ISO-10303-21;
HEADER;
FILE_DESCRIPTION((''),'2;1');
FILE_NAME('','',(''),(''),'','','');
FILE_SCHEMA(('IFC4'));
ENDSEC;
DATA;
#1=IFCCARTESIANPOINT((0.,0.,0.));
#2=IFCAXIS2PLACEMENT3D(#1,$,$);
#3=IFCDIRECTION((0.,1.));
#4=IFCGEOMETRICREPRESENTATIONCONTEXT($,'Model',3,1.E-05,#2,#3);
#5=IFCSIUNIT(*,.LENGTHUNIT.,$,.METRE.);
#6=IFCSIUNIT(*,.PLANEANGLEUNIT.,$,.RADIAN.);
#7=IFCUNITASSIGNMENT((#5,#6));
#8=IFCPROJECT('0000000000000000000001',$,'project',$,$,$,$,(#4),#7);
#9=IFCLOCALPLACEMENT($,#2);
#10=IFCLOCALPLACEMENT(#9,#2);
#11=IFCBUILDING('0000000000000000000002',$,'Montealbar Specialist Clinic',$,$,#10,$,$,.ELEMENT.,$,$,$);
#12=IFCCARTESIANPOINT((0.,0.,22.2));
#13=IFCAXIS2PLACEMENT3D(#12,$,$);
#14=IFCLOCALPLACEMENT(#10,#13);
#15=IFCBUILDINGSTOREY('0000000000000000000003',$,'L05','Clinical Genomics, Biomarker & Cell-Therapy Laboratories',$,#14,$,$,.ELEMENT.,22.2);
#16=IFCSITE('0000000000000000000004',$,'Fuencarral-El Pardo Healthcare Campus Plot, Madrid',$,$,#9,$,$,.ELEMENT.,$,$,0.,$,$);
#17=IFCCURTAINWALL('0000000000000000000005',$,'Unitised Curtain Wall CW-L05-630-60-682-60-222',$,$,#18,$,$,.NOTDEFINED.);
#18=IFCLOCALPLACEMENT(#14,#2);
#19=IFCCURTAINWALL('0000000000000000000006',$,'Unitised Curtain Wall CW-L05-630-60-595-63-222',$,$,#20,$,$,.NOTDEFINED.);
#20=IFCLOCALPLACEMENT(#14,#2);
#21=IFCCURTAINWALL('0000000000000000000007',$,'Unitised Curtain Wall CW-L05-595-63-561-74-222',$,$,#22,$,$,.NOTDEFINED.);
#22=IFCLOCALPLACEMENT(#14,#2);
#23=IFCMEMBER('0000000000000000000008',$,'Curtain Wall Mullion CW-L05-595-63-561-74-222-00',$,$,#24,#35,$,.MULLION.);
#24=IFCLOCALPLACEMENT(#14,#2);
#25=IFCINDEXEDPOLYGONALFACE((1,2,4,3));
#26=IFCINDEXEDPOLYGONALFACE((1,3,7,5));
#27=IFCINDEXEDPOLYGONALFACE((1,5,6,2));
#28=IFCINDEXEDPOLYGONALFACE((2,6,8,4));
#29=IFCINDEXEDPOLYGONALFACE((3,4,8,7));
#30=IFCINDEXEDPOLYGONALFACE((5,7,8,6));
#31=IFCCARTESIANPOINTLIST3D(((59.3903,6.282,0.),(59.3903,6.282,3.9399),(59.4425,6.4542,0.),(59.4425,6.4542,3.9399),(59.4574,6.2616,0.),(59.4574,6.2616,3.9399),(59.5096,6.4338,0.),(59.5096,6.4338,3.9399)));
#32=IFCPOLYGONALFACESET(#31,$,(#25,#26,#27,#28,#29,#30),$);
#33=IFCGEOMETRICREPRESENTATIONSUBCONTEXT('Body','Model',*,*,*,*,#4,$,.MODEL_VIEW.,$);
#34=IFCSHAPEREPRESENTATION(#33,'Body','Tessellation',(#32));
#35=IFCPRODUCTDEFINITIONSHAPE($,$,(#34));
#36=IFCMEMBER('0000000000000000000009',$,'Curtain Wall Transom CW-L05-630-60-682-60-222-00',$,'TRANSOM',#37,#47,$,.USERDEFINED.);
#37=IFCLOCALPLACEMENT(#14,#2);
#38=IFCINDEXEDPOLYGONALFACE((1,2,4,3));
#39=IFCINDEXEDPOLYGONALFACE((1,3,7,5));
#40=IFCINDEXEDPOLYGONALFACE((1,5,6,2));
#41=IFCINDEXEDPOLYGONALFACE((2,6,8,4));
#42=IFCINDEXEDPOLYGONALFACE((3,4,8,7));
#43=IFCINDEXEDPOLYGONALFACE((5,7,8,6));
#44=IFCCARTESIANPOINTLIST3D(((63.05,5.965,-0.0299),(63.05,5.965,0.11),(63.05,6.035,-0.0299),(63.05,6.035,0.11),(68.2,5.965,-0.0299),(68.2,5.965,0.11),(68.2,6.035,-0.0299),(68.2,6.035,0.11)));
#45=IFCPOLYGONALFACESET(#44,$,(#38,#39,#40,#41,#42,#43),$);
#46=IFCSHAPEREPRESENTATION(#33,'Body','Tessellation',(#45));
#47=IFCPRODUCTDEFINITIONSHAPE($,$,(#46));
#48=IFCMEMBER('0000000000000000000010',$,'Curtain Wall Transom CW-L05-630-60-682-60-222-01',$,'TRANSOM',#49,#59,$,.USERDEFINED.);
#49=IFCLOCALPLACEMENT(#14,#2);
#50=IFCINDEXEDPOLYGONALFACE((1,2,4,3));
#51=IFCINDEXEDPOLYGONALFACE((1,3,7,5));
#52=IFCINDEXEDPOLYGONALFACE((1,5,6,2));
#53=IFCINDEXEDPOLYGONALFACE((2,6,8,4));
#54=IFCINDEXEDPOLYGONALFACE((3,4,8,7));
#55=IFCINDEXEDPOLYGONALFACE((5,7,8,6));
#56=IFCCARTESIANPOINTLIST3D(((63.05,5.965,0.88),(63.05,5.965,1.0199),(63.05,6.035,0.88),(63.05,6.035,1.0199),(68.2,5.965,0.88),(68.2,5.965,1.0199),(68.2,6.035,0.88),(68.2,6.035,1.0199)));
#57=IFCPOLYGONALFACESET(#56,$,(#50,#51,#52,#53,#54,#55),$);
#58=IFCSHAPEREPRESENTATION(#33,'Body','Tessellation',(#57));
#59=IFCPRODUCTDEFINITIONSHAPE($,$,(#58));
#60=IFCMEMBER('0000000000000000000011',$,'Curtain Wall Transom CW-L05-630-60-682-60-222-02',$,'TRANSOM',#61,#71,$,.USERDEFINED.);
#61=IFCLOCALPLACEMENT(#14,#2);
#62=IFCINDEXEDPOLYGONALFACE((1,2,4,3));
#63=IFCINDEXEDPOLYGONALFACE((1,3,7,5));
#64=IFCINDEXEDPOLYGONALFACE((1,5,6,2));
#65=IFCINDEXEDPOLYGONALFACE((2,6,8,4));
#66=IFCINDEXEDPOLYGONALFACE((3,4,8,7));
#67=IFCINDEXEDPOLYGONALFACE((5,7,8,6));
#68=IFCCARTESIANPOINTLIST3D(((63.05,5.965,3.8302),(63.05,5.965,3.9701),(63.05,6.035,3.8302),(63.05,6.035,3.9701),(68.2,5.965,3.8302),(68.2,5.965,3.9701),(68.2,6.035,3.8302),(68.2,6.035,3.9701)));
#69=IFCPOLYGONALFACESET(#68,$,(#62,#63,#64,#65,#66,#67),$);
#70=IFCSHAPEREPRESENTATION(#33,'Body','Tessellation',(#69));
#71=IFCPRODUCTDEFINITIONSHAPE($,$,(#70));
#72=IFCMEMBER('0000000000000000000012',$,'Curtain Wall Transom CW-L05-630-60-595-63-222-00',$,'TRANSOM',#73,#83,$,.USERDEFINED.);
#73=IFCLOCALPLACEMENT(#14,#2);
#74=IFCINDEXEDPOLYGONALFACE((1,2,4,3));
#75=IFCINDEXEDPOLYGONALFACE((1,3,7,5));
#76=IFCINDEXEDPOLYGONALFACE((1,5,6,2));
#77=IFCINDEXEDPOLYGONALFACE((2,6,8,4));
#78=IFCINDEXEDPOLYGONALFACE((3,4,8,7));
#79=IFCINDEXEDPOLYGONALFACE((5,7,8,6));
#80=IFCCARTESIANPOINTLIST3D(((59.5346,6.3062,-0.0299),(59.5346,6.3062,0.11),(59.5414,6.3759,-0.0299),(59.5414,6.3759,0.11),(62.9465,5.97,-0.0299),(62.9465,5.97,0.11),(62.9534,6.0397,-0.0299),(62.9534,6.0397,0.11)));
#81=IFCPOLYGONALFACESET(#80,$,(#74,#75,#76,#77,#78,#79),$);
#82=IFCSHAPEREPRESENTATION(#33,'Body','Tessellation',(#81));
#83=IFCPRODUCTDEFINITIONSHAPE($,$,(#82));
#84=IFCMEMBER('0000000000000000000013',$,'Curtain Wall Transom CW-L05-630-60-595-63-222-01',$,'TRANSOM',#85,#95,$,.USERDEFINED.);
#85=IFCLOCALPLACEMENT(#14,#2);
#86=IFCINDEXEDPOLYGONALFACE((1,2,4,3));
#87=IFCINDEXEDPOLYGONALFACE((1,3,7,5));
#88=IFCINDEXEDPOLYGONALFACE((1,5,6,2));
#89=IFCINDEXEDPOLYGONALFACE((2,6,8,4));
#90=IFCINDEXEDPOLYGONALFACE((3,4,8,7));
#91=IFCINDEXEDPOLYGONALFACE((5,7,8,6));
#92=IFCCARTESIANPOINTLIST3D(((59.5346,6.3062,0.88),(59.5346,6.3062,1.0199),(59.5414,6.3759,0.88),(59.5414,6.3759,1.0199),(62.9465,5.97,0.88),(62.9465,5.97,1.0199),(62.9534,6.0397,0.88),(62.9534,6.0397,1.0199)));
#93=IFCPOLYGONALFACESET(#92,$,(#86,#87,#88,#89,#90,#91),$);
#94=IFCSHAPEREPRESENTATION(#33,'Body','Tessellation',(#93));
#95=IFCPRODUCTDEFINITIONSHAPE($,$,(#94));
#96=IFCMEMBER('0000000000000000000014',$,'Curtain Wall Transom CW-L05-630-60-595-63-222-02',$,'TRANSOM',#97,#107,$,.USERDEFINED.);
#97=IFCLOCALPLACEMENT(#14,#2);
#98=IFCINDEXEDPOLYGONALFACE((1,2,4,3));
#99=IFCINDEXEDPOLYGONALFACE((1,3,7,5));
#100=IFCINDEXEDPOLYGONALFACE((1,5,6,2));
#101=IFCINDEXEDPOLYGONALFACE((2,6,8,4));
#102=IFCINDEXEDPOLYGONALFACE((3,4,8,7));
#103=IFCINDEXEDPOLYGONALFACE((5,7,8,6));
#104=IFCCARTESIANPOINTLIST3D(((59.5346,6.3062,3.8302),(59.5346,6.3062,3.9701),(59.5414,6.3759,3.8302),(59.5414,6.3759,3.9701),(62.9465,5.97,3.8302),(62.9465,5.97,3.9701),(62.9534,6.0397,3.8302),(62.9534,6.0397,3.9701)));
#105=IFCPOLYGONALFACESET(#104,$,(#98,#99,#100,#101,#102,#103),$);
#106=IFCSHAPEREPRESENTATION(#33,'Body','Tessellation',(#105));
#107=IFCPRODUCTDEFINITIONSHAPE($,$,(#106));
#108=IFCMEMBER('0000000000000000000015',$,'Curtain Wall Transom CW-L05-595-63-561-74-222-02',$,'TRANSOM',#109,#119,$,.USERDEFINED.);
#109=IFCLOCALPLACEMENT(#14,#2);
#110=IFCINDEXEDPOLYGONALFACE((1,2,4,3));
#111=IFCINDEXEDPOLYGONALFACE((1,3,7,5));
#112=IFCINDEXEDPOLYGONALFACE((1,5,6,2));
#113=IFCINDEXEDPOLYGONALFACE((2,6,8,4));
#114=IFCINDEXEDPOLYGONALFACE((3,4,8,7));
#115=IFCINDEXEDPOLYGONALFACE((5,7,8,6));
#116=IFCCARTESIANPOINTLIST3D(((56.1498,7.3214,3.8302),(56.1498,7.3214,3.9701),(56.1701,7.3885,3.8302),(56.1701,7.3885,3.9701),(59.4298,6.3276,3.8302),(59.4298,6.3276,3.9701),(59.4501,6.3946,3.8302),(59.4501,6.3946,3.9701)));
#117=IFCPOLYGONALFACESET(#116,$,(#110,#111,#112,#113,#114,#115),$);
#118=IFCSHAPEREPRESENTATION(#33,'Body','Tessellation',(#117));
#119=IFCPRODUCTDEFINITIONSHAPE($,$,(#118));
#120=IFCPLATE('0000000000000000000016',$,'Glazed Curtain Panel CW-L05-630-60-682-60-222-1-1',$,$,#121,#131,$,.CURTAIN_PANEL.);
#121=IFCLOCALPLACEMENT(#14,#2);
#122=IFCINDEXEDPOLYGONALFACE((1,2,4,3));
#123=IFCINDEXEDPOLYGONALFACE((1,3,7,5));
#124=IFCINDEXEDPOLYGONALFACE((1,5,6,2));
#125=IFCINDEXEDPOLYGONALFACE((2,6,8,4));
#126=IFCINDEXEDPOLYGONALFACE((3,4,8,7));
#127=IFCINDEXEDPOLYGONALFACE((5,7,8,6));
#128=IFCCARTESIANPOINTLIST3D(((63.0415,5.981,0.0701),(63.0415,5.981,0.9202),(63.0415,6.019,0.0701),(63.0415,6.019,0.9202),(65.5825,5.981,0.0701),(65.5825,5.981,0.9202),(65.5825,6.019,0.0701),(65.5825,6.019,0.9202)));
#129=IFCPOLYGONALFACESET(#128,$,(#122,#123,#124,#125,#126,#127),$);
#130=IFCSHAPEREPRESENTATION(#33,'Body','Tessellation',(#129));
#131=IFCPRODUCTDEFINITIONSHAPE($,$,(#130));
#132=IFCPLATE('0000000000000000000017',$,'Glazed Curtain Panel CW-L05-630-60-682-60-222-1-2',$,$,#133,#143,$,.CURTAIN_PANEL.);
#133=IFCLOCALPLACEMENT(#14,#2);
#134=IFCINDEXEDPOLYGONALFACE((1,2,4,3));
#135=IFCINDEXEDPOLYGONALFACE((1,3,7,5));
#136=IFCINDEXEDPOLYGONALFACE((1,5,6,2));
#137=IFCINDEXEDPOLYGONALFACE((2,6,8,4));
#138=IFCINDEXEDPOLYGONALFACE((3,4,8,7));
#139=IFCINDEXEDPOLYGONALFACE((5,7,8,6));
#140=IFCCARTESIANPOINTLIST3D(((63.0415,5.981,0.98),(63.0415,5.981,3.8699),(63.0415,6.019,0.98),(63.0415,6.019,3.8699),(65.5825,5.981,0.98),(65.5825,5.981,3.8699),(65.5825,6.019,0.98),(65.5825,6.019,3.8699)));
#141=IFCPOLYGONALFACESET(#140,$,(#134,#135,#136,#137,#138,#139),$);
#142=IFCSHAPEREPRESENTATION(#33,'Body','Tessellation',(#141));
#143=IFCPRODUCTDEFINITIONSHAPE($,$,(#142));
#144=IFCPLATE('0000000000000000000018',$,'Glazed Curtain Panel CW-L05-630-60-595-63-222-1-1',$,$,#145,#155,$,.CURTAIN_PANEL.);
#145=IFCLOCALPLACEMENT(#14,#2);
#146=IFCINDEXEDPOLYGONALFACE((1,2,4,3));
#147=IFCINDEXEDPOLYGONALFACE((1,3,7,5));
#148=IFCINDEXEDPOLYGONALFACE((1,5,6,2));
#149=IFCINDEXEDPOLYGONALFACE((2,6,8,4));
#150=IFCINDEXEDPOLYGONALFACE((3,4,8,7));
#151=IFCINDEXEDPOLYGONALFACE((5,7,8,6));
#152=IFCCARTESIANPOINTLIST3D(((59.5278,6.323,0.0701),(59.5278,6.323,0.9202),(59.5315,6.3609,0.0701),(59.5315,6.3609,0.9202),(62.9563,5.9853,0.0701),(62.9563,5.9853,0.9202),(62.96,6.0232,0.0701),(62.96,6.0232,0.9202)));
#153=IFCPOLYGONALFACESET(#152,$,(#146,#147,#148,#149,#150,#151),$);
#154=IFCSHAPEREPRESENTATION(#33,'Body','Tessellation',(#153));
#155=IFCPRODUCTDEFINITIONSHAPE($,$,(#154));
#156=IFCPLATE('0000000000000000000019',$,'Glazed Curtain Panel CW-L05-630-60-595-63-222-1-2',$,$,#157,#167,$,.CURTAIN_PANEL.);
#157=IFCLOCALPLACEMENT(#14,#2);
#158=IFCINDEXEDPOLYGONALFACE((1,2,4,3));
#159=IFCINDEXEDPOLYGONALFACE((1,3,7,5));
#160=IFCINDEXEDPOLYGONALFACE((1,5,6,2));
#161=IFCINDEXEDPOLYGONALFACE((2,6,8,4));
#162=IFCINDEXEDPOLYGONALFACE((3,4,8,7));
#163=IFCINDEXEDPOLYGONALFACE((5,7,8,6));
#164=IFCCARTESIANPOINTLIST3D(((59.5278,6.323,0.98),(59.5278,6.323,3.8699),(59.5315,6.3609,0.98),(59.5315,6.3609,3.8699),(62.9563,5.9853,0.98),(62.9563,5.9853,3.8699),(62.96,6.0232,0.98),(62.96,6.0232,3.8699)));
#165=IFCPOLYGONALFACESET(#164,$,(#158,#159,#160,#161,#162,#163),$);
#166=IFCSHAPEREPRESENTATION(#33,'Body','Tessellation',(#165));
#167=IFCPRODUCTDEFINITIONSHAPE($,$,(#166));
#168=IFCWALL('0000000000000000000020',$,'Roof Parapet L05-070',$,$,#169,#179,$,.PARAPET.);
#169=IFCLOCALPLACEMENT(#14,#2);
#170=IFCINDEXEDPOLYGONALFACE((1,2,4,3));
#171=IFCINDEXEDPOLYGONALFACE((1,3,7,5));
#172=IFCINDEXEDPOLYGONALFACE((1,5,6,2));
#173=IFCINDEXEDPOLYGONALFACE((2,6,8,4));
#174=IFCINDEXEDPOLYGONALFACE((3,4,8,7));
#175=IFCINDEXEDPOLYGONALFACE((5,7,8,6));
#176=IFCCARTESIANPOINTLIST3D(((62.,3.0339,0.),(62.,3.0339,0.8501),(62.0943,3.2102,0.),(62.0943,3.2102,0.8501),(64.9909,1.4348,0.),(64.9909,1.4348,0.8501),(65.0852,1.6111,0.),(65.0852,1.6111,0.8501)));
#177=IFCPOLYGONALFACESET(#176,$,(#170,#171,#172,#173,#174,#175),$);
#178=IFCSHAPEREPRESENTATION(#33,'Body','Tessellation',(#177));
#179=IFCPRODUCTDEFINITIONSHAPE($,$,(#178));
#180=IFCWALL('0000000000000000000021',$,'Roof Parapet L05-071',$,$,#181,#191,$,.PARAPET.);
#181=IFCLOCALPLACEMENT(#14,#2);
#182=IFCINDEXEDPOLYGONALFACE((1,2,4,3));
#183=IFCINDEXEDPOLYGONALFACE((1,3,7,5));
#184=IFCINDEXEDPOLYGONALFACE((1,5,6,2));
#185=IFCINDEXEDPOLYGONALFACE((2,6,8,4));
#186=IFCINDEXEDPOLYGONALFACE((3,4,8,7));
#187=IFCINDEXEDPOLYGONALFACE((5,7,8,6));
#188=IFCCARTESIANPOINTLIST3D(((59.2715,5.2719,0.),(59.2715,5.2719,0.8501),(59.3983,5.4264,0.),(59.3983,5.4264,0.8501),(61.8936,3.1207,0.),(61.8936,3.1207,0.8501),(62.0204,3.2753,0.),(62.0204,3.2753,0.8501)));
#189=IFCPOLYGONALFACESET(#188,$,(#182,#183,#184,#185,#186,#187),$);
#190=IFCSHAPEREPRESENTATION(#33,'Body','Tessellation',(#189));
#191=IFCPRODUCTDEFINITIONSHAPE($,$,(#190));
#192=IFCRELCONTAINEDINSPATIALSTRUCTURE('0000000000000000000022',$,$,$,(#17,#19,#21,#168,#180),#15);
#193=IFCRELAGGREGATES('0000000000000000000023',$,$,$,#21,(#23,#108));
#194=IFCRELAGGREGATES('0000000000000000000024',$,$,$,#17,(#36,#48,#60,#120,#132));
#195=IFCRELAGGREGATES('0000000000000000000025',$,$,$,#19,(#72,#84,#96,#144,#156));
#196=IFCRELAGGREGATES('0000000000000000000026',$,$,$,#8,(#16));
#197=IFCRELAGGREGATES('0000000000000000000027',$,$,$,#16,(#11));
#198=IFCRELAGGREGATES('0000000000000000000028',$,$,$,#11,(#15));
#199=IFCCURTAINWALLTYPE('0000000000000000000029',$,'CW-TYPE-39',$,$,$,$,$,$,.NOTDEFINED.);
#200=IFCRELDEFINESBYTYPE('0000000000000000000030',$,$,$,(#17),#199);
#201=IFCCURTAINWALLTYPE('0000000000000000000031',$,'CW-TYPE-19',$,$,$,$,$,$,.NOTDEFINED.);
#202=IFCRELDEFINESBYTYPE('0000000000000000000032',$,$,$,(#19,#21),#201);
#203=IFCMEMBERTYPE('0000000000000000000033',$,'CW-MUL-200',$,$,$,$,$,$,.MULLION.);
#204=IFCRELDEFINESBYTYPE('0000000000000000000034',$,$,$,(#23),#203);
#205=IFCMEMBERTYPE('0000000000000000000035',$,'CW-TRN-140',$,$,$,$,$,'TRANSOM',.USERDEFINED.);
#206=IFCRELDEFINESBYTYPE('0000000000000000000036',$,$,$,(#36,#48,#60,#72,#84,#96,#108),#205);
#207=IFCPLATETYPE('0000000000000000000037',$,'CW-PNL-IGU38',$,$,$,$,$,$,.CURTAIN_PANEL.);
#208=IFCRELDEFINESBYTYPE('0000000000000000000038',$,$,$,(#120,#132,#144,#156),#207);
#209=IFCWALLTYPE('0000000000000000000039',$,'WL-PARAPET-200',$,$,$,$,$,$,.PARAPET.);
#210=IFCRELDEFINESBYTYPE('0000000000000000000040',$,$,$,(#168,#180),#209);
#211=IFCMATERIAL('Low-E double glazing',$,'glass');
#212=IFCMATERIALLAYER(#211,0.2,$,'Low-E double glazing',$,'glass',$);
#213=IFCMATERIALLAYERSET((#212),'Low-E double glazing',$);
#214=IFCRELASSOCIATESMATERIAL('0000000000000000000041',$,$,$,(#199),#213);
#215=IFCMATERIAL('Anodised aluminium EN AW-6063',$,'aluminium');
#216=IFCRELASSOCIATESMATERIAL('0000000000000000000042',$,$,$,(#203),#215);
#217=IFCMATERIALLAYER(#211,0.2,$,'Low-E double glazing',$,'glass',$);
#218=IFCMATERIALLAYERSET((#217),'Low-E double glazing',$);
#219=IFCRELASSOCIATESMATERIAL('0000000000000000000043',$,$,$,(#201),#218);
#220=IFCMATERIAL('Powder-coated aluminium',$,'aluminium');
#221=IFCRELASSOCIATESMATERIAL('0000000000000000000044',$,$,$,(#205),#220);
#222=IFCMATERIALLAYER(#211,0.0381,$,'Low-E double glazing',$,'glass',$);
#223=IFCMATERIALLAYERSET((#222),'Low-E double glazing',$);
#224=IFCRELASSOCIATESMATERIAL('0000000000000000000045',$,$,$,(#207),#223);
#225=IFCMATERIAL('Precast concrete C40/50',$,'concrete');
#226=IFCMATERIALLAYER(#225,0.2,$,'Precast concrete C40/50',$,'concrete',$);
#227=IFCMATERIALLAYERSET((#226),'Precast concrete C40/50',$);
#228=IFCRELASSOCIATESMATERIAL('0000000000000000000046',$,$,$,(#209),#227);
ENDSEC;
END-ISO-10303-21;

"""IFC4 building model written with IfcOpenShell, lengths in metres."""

from ifc_helpers import new_model, si_unit, direction, frame, frame_2d, origin, origin_2d, place, context, subcontext, project, spatial, rectangle, extrude, material, layer, layer_set, material_profile, profile_set, type_object, element, aggregate, save


model = new_model("IFC4")

# Units and contexts
model_context = context("Model", 3, precision=1e-05, world=origin(), true_north=direction((0.0, 1.0)))
body_context = subcontext(model_context, "Body", "Model", "MODEL_VIEW")
ifc_project = project(units=[si_unit("LENGTHUNIT", "METRE"), si_unit("PLANEANGLEUNIT", "RADIAN")], contexts=[model_context])

# Site, building, storey
site_placement = place(None, origin())
site = spatial("IfcSite", under=ifc_project, at=site_placement, Name="Fuencarral-El Pardo Healthcare Campus Plot, Madrid", CompositionType="ELEMENT", RefElevation=0.0)
building_placement = place(site_placement, origin())
building = spatial("IfcBuilding", under=site, at=building_placement, Name="Montealbar Specialist Clinic", CompositionType="ELEMENT")
storey_placement = place(building_placement, frame((0.0, 0.0, 22.2)))
storey = spatial("IfcBuildingStorey", under=building, at=storey_placement, Name="L05", Description="Clinical Genomics, Biomarker & Cell-Therapy Laboratories", CompositionType="ELEMENT", Elevation=22.2)

# Curtain walls
ifc_material_1 = material(Name="Low-E double glazing", Category="glass")
ifc_layer_1 = layer(ifc_material_1, 0.2, Name="Low-E double glazing", Category="glass")
ifc_layer_set_1 = layer_set([ifc_layer_1], Name="Low-E double glazing")
curtain_wall_type_1 = type_object("IfcCurtainWallType", Name="CW-TYPE-39", PredefinedType="NOTDEFINED", material=ifc_layer_set_1)
curtain_wall_1_placement = place(storey_placement, origin())
curtain_wall_1 = element("IfcCurtainWall", 1, at=curtain_wall_1_placement, inside=storey, type_object=curtain_wall_type_1, Name="Unitised Curtain Wall CW-L05-630-60-682-60-222", PredefinedType="NOTDEFINED")
ifc_material_2 = material(Name="Anodised aluminium EN AW-6063", Category="aluminium")
ifc_material_profile_1 = material_profile(ifc_material_2, rectangle(XDim=0.0701, YDim=0.1799, at=origin_2d()), Name="ALU 70x180", Category="aluminium")
ifc_profile_set_1 = profile_set([ifc_material_profile_1], Name="Anodised aluminium EN AW-6063")
member_type_1 = type_object("IfcMemberType", Name="CW-MUL-200", PredefinedType="MULLION", material=ifc_profile_set_1)
ifc_layer_2 = layer(ifc_material_1, 0.2, Name="Low-E double glazing", Category="glass")
ifc_layer_set_2 = layer_set([ifc_layer_2], Name="Low-E double glazing")
curtain_wall_type_2 = type_object("IfcCurtainWallType", Name="CW-TYPE-19", PredefinedType="NOTDEFINED", material=ifc_layer_set_2)
curtain_wall_2_placement = place(storey_placement, origin())
curtain_wall_2 = element("IfcCurtainWall", 2, at=curtain_wall_2_placement, inside=storey, type_object=curtain_wall_type_2, Name="Unitised Curtain Wall CW-L05-630-60-595-63-222", PredefinedType="NOTDEFINED")

# Curtain wall, member
curtain_wall_3_placement = place(storey_placement, origin())
curtain_wall_3 = element("IfcCurtainWall", 3, at=curtain_wall_3_placement, inside=storey, type_object=curtain_wall_type_2, Name="Unitised Curtain Wall CW-L05-595-63-561-74-222", PredefinedType="NOTDEFINED")
member_1_placement = place(storey_placement, frame((59.45, 6.3579, 0.0), z_axis=(0.0, 0.0, 1.0), x_axis=(-0.956948, 0.290259, 0.0)))
member_1 = element("IfcMember", 4, at=member_1_placement, type_object=member_type_1, Name="Curtain Wall Mullion CW-L05-595-63-561-74-222-00", PredefinedType="MULLION", context=body_context, shape_type="SweptSolid", body=[
    extrude(rectangle(XDim=0.0701, YDim=0.1799, at=origin_2d()), origin(), (0.0, 0.0, 1.0), 3.9399),
])

# Members
ifc_material_3 = material(Name="Powder-coated aluminium", Category="aluminium")
ifc_material_profile_2 = material_profile(ifc_material_3, rectangle(XDim=0.0701, YDim=0.1399, at=origin_2d()), Name="ALU 70x140", Category="aluminium")
ifc_profile_set_2 = profile_set([ifc_material_profile_2], Name="Powder-coated aluminium")
member_type_2 = type_object("IfcMemberType", Name="CW-TRN-140", ElementType="TRANSOM", PredefinedType="USERDEFINED", material=ifc_profile_set_2)
member_2_placement = place(storey_placement, frame((63.05, 6.0, 0.04), z_axis=(1.0, 0.0, 0.0), x_axis=(0.0, 1.0, 0.0)))
member_2 = element("IfcMember", 5, at=member_2_placement, type_object=member_type_2, Name="Curtain Wall Transom CW-L05-630-60-682-60-222-00", ObjectType="TRANSOM", PredefinedType="USERDEFINED", context=body_context, shape_type="SweptSolid", body=[
    extrude(rectangle(XDim=0.0701, YDim=0.1399, at=origin_2d()), origin(), (0.0, 0.0, 1.0), 5.1499),
])
member_3_placement = place(storey_placement, frame((63.05, 6.0, 0.95), z_axis=(1.0, 0.0, 0.0), x_axis=(0.0, 1.0, 0.0)))
member_3 = element("IfcMember", 6, at=member_3_placement, type_object=member_type_2, Name="Curtain Wall Transom CW-L05-630-60-682-60-222-01", ObjectType="TRANSOM", PredefinedType="USERDEFINED", context=body_context, shape_type="SweptSolid", body=[
    extrude(rectangle(XDim=0.0701, YDim=0.1399, at=origin_2d()), origin(), (0.0, 0.0, 1.0), 5.1499),
])
member_4_placement = place(storey_placement, frame((63.05, 6.0, 3.9001), z_axis=(1.0, 0.0, 0.0), x_axis=(0.0, 1.0, 0.0)))
member_4 = element("IfcMember", 7, at=member_4_placement, type_object=member_type_2, Name="Curtain Wall Transom CW-L05-630-60-682-60-222-02", ObjectType="TRANSOM", PredefinedType="USERDEFINED", context=body_context, shape_type="SweptSolid", body=[
    extrude(rectangle(XDim=0.0701, YDim=0.1399, at=origin_2d()), origin(), (0.0, 0.0, 1.0), 5.1499),
])
member_5_placement = place(storey_placement, frame((62.95, 6.0049, 0.04), z_axis=(-0.995181, 0.098058, 0.0), x_axis=(-0.098058, -0.995181, 0.0)))
member_5 = element("IfcMember", 8, at=member_5_placement, type_object=member_type_2, Name="Curtain Wall Transom CW-L05-630-60-595-63-222-00", ObjectType="TRANSOM", PredefinedType="USERDEFINED", context=body_context, shape_type="SweptSolid", body=[
    extrude(rectangle(XDim=0.0701, YDim=0.1399, at=origin_2d()), origin(), (0.0, 0.0, 1.0), 3.4285),
])
member_6_placement = place(storey_placement, frame((62.95, 6.0049, 0.95), z_axis=(-0.995181, 0.098058, 0.0), x_axis=(-0.098058, -0.995181, 0.0)))
member_6 = element("IfcMember", 9, at=member_6_placement, type_object=member_type_2, Name="Curtain Wall Transom CW-L05-630-60-595-63-222-01", ObjectType="TRANSOM", PredefinedType="USERDEFINED", context=body_context, shape_type="SweptSolid", body=[
    extrude(rectangle(XDim=0.0701, YDim=0.1399, at=origin_2d()), origin(), (0.0, 0.0, 1.0), 3.4285),
])
member_7_placement = place(storey_placement, frame((62.95, 6.0049, 3.9001), z_axis=(-0.995181, 0.098058, 0.0), x_axis=(-0.098058, -0.995181, 0.0)))
member_7 = element("IfcMember", 10, at=member_7_placement, type_object=member_type_2, Name="Curtain Wall Transom CW-L05-630-60-595-63-222-02", ObjectType="TRANSOM", PredefinedType="USERDEFINED", context=body_context, shape_type="SweptSolid", body=[
    extrude(rectangle(XDim=0.0701, YDim=0.1399, at=origin_2d()), origin(), (0.0, 0.0, 1.0), 3.4285),
])
member_8_placement = place(storey_placement, frame((59.4399, 6.3611, 3.9001), z_axis=(-0.957029, 0.289994, 0.0), x_axis=(-0.289994, -0.957029, 0.0)))
member_8 = element("IfcMember", 11, at=member_8_placement, type_object=member_type_2, Name="Curtain Wall Transom CW-L05-595-63-561-74-222-02", ObjectType="TRANSOM", PredefinedType="USERDEFINED", context=body_context, shape_type="SweptSolid", body=[
    extrude(rectangle(XDim=0.0701, YDim=0.1399, at=origin_2d()), origin(), (0.0, 0.0, 1.0), 3.4272),
])
aggregate(curtain_wall_3, [member_1, member_8])

# Plates
ifc_layer_3 = layer(ifc_material_1, 0.0381, Name="Low-E double glazing", Category="glass")
ifc_layer_set_3 = layer_set([ifc_layer_3], Name="Low-E double glazing")
plate_type = type_object("IfcPlateType", Name="CW-PNL-IGU38", PredefinedType="CURTAIN_PANEL", material=ifc_layer_set_3)
plate_1_placement = place(storey_placement, frame((64.312, 6.0, 0.0701), z_axis=(0.0, 0.0, 1.0), x_axis=(1.0, 0.0, 0.0)))
plate_1 = element("IfcPlate", 12, at=plate_1_placement, type_object=plate_type, Name="Glazed Curtain Panel CW-L05-630-60-682-60-222-1-1", PredefinedType="CURTAIN_PANEL", context=body_context, shape_type="SweptSolid", body=[
    extrude(rectangle(XDim=2.541, YDim=0.0381, at=origin_2d()), origin(), (0.0, 0.0, 1.0), 0.8501),
])
plate_2_placement = place(storey_placement, frame((64.312, 6.0, 0.98), z_axis=(0.0, 0.0, 1.0), x_axis=(1.0, 0.0, 0.0)))
plate_2 = element("IfcPlate", 13, at=plate_2_placement, type_object=plate_type, Name="Glazed Curtain Panel CW-L05-630-60-682-60-222-1-2", PredefinedType="CURTAIN_PANEL", context=body_context, shape_type="SweptSolid", body=[
    extrude(rectangle(XDim=2.541, YDim=0.0381, at=origin_2d()), origin(), (0.0, 0.0, 1.0), 2.8899),
])
aggregate(curtain_wall_1, [member_2, member_3, member_4, plate_1, plate_2])
plate_3_placement = place(storey_placement, frame((61.2439, 6.1731, 0.0701), z_axis=(0.0, 0.0, 1.0), x_axis=(-0.995182, 0.098045, 0.0)))
plate_3 = element("IfcPlate", 14, at=plate_3_placement, type_object=plate_type, Name="Glazed Curtain Panel CW-L05-630-60-595-63-222-1-1", PredefinedType="CURTAIN_PANEL", context=body_context, shape_type="SweptSolid", body=[
    extrude(rectangle(XDim=3.4451, YDim=0.0381, at=origin_2d()), origin(), (0.0, 0.0, 1.0), 0.8501),
])
plate_4_placement = place(storey_placement, frame((61.2439, 6.1731, 0.98), z_axis=(0.0, 0.0, 1.0), x_axis=(-0.995182, 0.098045, 0.0)))
plate_4 = element("IfcPlate", 15, at=plate_4_placement, type_object=plate_type, Name="Glazed Curtain Panel CW-L05-630-60-595-63-222-1-2", PredefinedType="CURTAIN_PANEL", context=body_context, shape_type="SweptSolid", body=[
    extrude(rectangle(XDim=3.4451, YDim=0.0381, at=origin_2d()), origin(), (0.0, 0.0, 1.0), 2.8899),
])
aggregate(curtain_wall_2, [member_5, member_6, member_7, plate_3, plate_4])

# Walls
ifc_material_4 = material(Name="Precast concrete C40/50", Category="concrete")
ifc_layer_4 = layer(ifc_material_4, 0.2, Name="Precast concrete C40/50", Category="concrete")
ifc_layer_set_4 = layer_set([ifc_layer_4], Name="Precast concrete C40/50")
wall_type = type_object("IfcWallType", Name="WL-PARAPET-200", PredefinedType="PARAPET", material=ifc_layer_set_4)
for number, where, z_axis, x_axis, name in (
    (16, (65.0381, 1.5229, 0.0), (0.0, 0.0, 1.0), (-0.88187, 0.471492, 0.0), "Roof Parapet L05-070"),
    (17, (61.957, 3.198, 0.0), (0.0, 0.0, 1.0), (-0.77312, 0.63426, 0.0), "Roof Parapet L05-071"),
):
    element("IfcWall", number, at=place(storey_placement, frame(where, z_axis=z_axis, x_axis=x_axis)), inside=storey, type_object=wall_type, Name=name, PredefinedType="PARAPET", context=body_context, shape_type="SweptSolid", body=[
        extrude(rectangle(XDim=3.3916, YDim=0.2, at=frame_2d((1.6958, 0.0))), origin(), (0.0, 0.0, 1.0), 0.8501),
    ])

save(model, "model.ifc")
